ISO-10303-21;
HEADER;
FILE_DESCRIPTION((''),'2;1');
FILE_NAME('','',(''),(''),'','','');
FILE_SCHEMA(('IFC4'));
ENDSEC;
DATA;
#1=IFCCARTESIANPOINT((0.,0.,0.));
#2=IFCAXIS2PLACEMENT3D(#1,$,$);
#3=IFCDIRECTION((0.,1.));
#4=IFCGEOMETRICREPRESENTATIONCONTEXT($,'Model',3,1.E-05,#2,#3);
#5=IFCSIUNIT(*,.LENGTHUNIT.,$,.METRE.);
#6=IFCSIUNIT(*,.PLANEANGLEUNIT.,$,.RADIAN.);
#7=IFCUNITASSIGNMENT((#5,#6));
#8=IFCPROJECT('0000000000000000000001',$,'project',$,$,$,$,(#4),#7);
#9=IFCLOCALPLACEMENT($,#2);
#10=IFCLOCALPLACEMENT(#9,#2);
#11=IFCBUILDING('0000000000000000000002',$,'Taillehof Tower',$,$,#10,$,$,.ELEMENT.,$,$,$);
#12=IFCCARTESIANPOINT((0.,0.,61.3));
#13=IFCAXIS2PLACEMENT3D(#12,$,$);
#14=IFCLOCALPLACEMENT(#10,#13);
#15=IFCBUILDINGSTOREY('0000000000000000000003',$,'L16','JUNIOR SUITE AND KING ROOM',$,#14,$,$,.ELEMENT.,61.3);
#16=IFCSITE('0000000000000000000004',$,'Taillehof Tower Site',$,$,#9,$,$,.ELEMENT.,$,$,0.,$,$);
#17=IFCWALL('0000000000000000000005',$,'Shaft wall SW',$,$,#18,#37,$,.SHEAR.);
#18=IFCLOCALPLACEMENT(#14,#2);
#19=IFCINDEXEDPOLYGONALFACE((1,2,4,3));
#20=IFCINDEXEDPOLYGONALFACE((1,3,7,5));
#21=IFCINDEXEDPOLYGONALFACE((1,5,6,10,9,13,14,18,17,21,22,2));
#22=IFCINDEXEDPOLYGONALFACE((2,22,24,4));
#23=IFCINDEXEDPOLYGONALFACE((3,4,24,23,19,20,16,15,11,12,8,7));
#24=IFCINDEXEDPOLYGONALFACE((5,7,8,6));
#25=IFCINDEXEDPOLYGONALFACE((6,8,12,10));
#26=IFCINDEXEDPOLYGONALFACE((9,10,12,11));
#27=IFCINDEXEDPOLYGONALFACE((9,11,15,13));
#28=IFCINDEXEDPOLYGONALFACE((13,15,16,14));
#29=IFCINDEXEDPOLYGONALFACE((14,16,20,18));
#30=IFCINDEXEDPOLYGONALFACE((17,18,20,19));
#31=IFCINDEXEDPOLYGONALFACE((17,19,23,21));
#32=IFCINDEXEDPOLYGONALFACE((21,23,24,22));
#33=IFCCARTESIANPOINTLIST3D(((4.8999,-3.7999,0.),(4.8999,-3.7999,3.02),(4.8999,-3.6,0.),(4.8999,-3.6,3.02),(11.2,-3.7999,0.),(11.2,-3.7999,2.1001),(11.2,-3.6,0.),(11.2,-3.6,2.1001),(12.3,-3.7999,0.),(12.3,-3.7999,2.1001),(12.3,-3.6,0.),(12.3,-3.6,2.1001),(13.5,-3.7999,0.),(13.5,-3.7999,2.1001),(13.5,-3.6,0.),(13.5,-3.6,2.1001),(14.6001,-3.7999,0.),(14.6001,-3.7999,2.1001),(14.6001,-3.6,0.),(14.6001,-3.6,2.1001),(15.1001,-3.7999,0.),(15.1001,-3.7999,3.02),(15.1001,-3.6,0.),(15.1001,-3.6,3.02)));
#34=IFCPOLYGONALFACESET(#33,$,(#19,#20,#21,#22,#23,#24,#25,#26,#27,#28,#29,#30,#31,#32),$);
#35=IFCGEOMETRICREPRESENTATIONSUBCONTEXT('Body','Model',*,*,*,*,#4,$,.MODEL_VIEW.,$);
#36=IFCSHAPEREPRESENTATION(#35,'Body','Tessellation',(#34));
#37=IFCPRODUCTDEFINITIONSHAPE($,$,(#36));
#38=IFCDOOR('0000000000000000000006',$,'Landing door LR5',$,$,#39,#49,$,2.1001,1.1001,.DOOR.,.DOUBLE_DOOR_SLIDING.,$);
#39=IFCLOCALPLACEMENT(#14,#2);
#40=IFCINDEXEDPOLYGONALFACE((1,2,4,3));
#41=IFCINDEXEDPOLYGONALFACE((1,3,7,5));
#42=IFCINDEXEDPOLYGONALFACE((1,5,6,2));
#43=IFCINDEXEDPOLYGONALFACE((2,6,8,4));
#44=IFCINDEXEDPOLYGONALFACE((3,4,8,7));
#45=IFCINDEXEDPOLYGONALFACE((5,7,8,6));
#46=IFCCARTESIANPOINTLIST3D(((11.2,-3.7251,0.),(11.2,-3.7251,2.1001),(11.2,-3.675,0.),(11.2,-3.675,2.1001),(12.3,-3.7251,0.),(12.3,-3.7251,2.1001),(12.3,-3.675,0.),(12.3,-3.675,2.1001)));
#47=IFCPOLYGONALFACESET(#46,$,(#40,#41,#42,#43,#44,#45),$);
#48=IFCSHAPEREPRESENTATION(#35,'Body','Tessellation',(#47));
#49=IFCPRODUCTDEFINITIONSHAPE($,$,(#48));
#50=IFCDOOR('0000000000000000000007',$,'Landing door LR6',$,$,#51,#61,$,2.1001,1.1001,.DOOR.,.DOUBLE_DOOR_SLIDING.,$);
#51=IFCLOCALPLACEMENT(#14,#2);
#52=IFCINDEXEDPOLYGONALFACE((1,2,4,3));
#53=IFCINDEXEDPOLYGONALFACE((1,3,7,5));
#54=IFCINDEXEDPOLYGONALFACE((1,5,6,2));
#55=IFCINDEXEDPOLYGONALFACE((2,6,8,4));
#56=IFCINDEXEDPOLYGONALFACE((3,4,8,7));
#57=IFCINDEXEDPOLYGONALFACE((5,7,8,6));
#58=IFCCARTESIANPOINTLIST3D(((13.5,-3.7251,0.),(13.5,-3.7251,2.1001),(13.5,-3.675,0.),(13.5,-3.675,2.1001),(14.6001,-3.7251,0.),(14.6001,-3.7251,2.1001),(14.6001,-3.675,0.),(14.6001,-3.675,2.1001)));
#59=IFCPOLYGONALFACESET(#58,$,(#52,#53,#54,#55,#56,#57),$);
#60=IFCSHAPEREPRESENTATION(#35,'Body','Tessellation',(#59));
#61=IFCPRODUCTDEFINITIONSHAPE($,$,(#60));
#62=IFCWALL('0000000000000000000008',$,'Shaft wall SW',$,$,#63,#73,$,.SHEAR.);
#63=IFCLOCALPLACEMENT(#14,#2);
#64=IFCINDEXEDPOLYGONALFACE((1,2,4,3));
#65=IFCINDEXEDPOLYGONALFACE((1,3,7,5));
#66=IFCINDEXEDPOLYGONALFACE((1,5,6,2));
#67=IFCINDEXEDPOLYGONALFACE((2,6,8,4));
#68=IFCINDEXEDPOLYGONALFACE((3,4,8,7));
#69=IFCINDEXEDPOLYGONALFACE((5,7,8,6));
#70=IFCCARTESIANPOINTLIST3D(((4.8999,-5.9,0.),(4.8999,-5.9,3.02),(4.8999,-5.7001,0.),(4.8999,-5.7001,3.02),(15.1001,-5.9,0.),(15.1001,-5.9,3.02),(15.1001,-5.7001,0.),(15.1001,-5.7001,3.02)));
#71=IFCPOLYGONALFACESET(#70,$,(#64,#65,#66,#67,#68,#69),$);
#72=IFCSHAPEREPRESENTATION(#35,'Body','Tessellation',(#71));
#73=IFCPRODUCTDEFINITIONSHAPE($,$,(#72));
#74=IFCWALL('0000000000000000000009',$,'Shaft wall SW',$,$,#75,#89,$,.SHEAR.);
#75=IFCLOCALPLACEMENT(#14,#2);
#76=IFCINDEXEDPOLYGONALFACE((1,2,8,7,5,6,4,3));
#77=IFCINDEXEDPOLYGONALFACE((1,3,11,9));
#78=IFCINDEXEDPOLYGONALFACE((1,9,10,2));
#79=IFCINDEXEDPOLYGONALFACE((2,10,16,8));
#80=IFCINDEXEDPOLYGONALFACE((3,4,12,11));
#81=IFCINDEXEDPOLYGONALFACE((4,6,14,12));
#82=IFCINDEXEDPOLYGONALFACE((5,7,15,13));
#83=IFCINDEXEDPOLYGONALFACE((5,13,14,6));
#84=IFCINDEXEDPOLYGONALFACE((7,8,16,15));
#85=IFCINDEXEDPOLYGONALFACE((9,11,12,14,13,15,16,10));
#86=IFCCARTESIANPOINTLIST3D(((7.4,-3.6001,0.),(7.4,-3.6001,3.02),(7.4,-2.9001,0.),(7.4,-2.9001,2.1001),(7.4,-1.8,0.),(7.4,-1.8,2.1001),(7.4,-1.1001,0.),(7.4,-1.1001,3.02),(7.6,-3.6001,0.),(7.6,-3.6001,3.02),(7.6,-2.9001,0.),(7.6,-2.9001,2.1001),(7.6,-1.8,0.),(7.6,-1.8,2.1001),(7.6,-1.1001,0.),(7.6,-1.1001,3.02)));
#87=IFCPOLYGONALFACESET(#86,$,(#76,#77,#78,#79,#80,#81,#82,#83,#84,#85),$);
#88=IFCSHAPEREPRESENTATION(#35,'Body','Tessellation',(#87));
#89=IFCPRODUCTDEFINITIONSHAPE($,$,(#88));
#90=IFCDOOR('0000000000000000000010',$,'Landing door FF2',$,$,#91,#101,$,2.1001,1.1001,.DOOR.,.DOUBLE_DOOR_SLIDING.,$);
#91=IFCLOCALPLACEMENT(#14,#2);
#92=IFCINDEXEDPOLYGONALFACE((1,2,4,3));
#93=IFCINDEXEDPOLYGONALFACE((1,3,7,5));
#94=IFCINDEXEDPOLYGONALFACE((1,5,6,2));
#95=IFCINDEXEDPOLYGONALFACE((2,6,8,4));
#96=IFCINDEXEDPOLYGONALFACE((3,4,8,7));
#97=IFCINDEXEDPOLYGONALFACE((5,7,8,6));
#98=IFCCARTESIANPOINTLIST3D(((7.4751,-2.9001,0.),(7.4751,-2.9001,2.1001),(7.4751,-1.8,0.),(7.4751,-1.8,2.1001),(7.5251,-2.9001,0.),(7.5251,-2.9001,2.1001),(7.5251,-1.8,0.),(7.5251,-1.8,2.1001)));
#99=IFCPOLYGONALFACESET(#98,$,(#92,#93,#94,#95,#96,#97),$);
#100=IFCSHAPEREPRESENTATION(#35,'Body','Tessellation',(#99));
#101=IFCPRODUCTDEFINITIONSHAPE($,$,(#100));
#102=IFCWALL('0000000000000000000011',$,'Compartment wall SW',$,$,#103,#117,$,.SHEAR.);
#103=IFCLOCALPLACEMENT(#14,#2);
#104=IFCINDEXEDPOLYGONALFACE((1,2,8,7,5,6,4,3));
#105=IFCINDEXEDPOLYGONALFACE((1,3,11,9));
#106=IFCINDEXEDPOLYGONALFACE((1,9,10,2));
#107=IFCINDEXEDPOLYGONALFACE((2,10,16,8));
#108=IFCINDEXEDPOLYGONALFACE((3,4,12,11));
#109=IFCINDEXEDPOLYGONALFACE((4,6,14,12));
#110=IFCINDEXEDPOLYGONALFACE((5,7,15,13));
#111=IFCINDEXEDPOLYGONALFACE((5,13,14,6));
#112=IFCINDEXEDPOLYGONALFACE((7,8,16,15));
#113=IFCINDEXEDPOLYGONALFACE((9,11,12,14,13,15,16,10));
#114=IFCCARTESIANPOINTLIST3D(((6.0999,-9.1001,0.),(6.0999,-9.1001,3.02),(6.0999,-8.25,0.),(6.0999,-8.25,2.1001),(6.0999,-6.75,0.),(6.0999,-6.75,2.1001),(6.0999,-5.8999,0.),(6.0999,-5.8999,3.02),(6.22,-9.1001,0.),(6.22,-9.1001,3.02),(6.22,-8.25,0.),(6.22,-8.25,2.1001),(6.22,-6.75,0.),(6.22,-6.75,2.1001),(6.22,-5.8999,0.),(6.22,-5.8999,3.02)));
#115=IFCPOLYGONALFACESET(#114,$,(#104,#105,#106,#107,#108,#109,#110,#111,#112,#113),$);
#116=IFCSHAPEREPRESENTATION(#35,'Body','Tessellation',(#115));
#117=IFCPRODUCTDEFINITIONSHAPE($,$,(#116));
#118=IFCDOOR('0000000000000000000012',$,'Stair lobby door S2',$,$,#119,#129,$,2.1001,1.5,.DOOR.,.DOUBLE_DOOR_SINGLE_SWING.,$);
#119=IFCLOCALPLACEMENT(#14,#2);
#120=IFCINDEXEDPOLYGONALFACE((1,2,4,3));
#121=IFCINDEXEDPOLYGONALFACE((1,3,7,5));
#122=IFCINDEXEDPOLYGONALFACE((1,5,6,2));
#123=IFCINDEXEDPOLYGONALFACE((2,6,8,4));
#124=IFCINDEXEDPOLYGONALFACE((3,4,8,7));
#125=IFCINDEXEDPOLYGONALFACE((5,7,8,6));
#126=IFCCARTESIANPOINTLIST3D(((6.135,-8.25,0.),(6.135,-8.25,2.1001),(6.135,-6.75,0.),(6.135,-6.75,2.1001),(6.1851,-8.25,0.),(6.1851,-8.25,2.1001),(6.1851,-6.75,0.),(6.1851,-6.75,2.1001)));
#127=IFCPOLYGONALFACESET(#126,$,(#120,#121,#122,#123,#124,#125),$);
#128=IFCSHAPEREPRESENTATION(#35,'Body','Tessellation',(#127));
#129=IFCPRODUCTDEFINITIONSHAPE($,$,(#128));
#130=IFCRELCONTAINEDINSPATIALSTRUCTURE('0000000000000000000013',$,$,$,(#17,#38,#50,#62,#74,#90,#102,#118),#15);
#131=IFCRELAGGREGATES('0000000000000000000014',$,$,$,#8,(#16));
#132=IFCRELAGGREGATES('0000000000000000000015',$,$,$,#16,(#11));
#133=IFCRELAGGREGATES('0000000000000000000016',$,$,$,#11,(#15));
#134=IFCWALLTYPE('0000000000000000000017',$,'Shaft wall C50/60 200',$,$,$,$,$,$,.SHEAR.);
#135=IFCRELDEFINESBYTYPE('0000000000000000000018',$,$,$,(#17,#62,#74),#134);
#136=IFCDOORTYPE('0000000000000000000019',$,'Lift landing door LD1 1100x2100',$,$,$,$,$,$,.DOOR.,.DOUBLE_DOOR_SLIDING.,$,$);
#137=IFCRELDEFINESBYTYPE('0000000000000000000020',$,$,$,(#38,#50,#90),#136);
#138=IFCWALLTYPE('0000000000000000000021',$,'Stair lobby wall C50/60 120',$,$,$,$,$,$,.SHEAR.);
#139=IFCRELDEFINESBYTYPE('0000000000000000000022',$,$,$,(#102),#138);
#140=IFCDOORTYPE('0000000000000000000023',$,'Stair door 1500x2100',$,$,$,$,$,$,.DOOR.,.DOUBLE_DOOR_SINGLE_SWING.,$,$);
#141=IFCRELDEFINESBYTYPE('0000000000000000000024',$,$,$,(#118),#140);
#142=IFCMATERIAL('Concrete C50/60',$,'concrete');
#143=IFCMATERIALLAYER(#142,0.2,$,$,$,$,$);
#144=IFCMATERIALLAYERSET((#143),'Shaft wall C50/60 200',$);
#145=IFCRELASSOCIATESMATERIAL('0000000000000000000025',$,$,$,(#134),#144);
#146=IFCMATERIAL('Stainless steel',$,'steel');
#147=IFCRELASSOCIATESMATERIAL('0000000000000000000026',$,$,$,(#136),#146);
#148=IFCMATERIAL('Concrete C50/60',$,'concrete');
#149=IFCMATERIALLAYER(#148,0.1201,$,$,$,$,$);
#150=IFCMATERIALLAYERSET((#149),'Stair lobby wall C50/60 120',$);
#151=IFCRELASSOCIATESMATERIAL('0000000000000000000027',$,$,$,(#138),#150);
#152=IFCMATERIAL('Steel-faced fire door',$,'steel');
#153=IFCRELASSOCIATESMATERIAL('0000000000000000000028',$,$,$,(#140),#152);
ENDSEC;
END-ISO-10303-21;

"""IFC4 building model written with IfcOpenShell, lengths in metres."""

from ifc_helpers import new_model, si_unit, direction, frame, frame_2d, origin, place, context, subcontext, project, spatial, rectangle, extrude, material, layer, layer_set, type_object, element, fill, save


model = new_model("IFC4")

# Units and contexts
model_context = context("Model", 3, precision=1e-05, world=origin(), true_north=direction((0.0, 1.0)))
body_context = subcontext(model_context, "Body", "Model", "MODEL_VIEW")
ifc_project = project(units=[si_unit("LENGTHUNIT", "METRE"), si_unit("PLANEANGLEUNIT", "RADIAN")], contexts=[model_context])

# Site, building, storey
site_placement = place(None, origin())
site = spatial("IfcSite", under=ifc_project, at=site_placement, Name="Taillehof Tower Site", CompositionType="ELEMENT", RefElevation=0.0)
building_placement = place(site_placement, origin())
building = spatial("IfcBuilding", under=site, at=building_placement, Name="Taillehof Tower", CompositionType="ELEMENT")
storey_placement = place(building_placement, frame((0.0, 0.0, 61.3)))
storey = spatial("IfcBuildingStorey", under=building, at=storey_placement, Name="L16", Description="JUNIOR SUITE AND KING ROOM", CompositionType="ELEMENT", Elevation=61.3)

# Shared definitions
ifc_material_1 = material(Name="Concrete C50/60", Category="concrete")
ifc_layer_1 = layer(ifc_material_1, 0.2)
ifc_layer_set_1 = layer_set([ifc_layer_1], Name="Shaft wall C50/60 200")
wall_type_1 = type_object("IfcWallType", Name="Shaft wall C50/60 200", PredefinedType="SHEAR", material=ifc_layer_set_1)

# Wall, openings, doors
wall_1_placement = place(storey_placement, frame((4.8999, -3.7, 0.0), z_axis=(0.0, 0.0, 1.0), x_axis=(1.0, 0.0, 0.0)))
wall_1 = element("IfcWall", 1, at=wall_1_placement, inside=storey, type_object=wall_type_1, Name="Shaft wall SW", PredefinedType="SHEAR", context=body_context, shape_type="SweptSolid", body=[
    extrude(rectangle(XDim=10.2002, YDim=0.2, at=frame_2d((5.1001, 0.0))), origin(), (0.0, 0.0, 1.0), 3.02),
])
opening_1_placement = place(wall_1_placement, frame((6.3, 0.0, 0.0)))
opening_1 = element("IfcOpeningElement", 2, at=opening_1_placement, cuts=wall_1, PredefinedType="OPENING", context=body_context, shape_type="SweptSolid", body=[
    extrude(rectangle(XDim=1.1001, YDim=2.1001, at=frame_2d((0.55, 1.05))), frame((0.0, 0.1099, 0.0), z_axis=(0.0, -1.0, 0.0), x_axis=(1.0, 0.0, 0.0)), (0.0, 0.0, 1.0), 0.22),
])
opening_2_placement = place(wall_1_placement, frame((8.6001, 0.0, 0.0)))
opening_2 = element("IfcOpeningElement", 3, at=opening_2_placement, cuts=wall_1, PredefinedType="OPENING", context=body_context, shape_type="SweptSolid", body=[
    extrude(rectangle(XDim=1.1001, YDim=2.1001, at=frame_2d((0.55, 1.05))), frame((0.0, 0.1099, 0.0), z_axis=(0.0, -1.0, 0.0), x_axis=(1.0, 0.0, 0.0)), (0.0, 0.0, 1.0), 0.22),
])
ifc_material_2 = material(Name="Stainless steel", Category="steel")
door_type_1 = type_object("IfcDoorType", Name="Lift landing door LD1 1100x2100", OperationType="DOUBLE_DOOR_SLIDING", PredefinedType="DOOR", material=ifc_material_2)
door_1_placement = place(opening_1_placement, origin())
door_1 = element("IfcDoor", 4, at=door_1_placement, inside=storey, type_object=door_type_1, Name="Landing door LR5", OperationType="DOUBLE_DOOR_SLIDING", OverallHeight=2.1001, OverallWidth=1.1001, PredefinedType="DOOR", context=body_context, shape_type="SweptSolid", body=[
    extrude(rectangle(XDim=1.1001, YDim=2.1001, at=frame_2d((0.55, 1.05))), frame((0.0, 0.0249, 0.0), z_axis=(0.0, -1.0, 0.0), x_axis=(1.0, 0.0, 0.0)), (0.0, 0.0, 1.0), 0.05),
])
fill(opening_1, door_1)
door_2_placement = place(opening_2_placement, origin())
door_2 = element("IfcDoor", 5, at=door_2_placement, inside=storey, type_object=door_type_1, Name="Landing door LR6", OperationType="DOUBLE_DOOR_SLIDING", OverallHeight=2.1001, OverallWidth=1.1001, PredefinedType="DOOR", context=body_context, shape_type="SweptSolid", body=[
    extrude(rectangle(XDim=1.1001, YDim=2.1001, at=frame_2d((0.55, 1.05))), frame((0.0, 0.0249, 0.0), z_axis=(0.0, -1.0, 0.0), x_axis=(1.0, 0.0, 0.0)), (0.0, 0.0, 1.0), 0.05),
])
fill(opening_2, door_2)

# Wall
wall_2_placement = place(storey_placement, frame((4.8999, -5.8, 0.0), z_axis=(0.0, 0.0, 1.0), x_axis=(1.0, 0.0, 0.0)))
element("IfcWall", 6, at=wall_2_placement, inside=storey, type_object=wall_type_1, Name="Shaft wall SW", PredefinedType="SHEAR", context=body_context, shape_type="SweptSolid", body=[
    extrude(rectangle(XDim=10.2002, YDim=0.2, at=frame_2d((5.1001, 0.0))), origin(), (0.0, 0.0, 1.0), 3.02),
])

# Walls, openings, doors
wall_3_placement = place(storey_placement, frame((7.5, -3.6001, 0.0), z_axis=(0.0, 0.0, 1.0), x_axis=(0.0, 1.0, 0.0)))
wall_3 = element("IfcWall", 7, at=wall_3_placement, inside=storey, type_object=wall_type_1, Name="Shaft wall SW", PredefinedType="SHEAR", context=body_context, shape_type="SweptSolid", body=[
    extrude(rectangle(XDim=2.5, YDim=0.2, at=frame_2d((1.25, 0.0))), origin(), (0.0, 0.0, 1.0), 3.02),
])
opening_3_placement = place(wall_3_placement, frame((0.7, 0.0, 0.0)))
opening_3 = element("IfcOpeningElement", 8, at=opening_3_placement, cuts=wall_3, PredefinedType="OPENING", context=body_context, shape_type="SweptSolid", body=[
    extrude(rectangle(XDim=1.1001, YDim=2.1001, at=frame_2d((0.55, 1.05))), frame((0.0, 0.1099, 0.0), z_axis=(0.0, -1.0, 0.0), x_axis=(1.0, 0.0, 0.0)), (0.0, 0.0, 1.0), 0.22),
])
door_3_placement = place(opening_3_placement, origin())
door_3 = element("IfcDoor", 9, at=door_3_placement, inside=storey, type_object=door_type_1, Name="Landing door FF2", OperationType="DOUBLE_DOOR_SLIDING", OverallHeight=2.1001, OverallWidth=1.1001, PredefinedType="DOOR", context=body_context, shape_type="SweptSolid", body=[
    extrude(rectangle(XDim=1.1001, YDim=2.1001, at=frame_2d((0.55, 1.05))), frame((0.0, 0.0249, 0.0), z_axis=(0.0, -1.0, 0.0), x_axis=(1.0, 0.0, 0.0)), (0.0, 0.0, 1.0), 0.05),
])
fill(opening_3, door_3)
ifc_material_3 = material(Name="Concrete C50/60", Category="concrete")
ifc_layer_2 = layer(ifc_material_3, 0.1201)
ifc_layer_set_2 = layer_set([ifc_layer_2], Name="Stair lobby wall C50/60 120")
wall_type_2 = type_object("IfcWallType", Name="Stair lobby wall C50/60 120", PredefinedType="SHEAR", material=ifc_layer_set_2)
wall_4_placement = place(storey_placement, frame((6.1599, -9.1001, 0.0), z_axis=(0.0, 0.0, 1.0), x_axis=(0.0, 1.0, 0.0)))
wall_4 = element("IfcWall", 10, at=wall_4_placement, inside=storey, type_object=wall_type_2, Name="Compartment wall SW", PredefinedType="SHEAR", context=body_context, shape_type="SweptSolid", body=[
    extrude(rectangle(XDim=3.2002, YDim=0.1201, at=frame_2d((1.6001, 0.0))), origin(), (0.0, 0.0, 1.0), 3.02),
])
opening_4_placement = place(wall_4_placement, frame((0.8501, 0.0, 0.0)))
opening_4 = element("IfcOpeningElement", 11, at=opening_4_placement, cuts=wall_4, PredefinedType="OPENING", context=body_context, shape_type="SweptSolid", body=[
    extrude(rectangle(XDim=1.5, YDim=2.1001, at=frame_2d((0.75, 1.05))), frame((0.0, 0.0701, 0.0), z_axis=(0.0, -1.0, 0.0), x_axis=(1.0, 0.0, 0.0)), (0.0, 0.0, 1.0), 0.1401),
])
ifc_material_4 = material(Name="Steel-faced fire door", Category="steel")
door_type_2 = type_object("IfcDoorType", Name="Stair door 1500x2100", OperationType="DOUBLE_DOOR_SINGLE_SWING", PredefinedType="DOOR", material=ifc_material_4)
door_4_placement = place(opening_4_placement, origin())
door_4 = element("IfcDoor", 12, at=door_4_placement, inside=storey, type_object=door_type_2, Name="Stair lobby door S2", OperationType="DOUBLE_DOOR_SINGLE_SWING", OverallHeight=2.1001, OverallWidth=1.5, PredefinedType="DOOR", context=body_context, shape_type="SweptSolid", body=[
    extrude(rectangle(XDim=1.5, YDim=2.1001, at=frame_2d((0.75, 1.05))), frame((0.0, 0.0249, 0.0), z_axis=(0.0, -1.0, 0.0), x_axis=(1.0, 0.0, 0.0)), (0.0, 0.0, 1.0), 0.05),
])
fill(opening_4, door_4)

save(model, "model.ifc")
